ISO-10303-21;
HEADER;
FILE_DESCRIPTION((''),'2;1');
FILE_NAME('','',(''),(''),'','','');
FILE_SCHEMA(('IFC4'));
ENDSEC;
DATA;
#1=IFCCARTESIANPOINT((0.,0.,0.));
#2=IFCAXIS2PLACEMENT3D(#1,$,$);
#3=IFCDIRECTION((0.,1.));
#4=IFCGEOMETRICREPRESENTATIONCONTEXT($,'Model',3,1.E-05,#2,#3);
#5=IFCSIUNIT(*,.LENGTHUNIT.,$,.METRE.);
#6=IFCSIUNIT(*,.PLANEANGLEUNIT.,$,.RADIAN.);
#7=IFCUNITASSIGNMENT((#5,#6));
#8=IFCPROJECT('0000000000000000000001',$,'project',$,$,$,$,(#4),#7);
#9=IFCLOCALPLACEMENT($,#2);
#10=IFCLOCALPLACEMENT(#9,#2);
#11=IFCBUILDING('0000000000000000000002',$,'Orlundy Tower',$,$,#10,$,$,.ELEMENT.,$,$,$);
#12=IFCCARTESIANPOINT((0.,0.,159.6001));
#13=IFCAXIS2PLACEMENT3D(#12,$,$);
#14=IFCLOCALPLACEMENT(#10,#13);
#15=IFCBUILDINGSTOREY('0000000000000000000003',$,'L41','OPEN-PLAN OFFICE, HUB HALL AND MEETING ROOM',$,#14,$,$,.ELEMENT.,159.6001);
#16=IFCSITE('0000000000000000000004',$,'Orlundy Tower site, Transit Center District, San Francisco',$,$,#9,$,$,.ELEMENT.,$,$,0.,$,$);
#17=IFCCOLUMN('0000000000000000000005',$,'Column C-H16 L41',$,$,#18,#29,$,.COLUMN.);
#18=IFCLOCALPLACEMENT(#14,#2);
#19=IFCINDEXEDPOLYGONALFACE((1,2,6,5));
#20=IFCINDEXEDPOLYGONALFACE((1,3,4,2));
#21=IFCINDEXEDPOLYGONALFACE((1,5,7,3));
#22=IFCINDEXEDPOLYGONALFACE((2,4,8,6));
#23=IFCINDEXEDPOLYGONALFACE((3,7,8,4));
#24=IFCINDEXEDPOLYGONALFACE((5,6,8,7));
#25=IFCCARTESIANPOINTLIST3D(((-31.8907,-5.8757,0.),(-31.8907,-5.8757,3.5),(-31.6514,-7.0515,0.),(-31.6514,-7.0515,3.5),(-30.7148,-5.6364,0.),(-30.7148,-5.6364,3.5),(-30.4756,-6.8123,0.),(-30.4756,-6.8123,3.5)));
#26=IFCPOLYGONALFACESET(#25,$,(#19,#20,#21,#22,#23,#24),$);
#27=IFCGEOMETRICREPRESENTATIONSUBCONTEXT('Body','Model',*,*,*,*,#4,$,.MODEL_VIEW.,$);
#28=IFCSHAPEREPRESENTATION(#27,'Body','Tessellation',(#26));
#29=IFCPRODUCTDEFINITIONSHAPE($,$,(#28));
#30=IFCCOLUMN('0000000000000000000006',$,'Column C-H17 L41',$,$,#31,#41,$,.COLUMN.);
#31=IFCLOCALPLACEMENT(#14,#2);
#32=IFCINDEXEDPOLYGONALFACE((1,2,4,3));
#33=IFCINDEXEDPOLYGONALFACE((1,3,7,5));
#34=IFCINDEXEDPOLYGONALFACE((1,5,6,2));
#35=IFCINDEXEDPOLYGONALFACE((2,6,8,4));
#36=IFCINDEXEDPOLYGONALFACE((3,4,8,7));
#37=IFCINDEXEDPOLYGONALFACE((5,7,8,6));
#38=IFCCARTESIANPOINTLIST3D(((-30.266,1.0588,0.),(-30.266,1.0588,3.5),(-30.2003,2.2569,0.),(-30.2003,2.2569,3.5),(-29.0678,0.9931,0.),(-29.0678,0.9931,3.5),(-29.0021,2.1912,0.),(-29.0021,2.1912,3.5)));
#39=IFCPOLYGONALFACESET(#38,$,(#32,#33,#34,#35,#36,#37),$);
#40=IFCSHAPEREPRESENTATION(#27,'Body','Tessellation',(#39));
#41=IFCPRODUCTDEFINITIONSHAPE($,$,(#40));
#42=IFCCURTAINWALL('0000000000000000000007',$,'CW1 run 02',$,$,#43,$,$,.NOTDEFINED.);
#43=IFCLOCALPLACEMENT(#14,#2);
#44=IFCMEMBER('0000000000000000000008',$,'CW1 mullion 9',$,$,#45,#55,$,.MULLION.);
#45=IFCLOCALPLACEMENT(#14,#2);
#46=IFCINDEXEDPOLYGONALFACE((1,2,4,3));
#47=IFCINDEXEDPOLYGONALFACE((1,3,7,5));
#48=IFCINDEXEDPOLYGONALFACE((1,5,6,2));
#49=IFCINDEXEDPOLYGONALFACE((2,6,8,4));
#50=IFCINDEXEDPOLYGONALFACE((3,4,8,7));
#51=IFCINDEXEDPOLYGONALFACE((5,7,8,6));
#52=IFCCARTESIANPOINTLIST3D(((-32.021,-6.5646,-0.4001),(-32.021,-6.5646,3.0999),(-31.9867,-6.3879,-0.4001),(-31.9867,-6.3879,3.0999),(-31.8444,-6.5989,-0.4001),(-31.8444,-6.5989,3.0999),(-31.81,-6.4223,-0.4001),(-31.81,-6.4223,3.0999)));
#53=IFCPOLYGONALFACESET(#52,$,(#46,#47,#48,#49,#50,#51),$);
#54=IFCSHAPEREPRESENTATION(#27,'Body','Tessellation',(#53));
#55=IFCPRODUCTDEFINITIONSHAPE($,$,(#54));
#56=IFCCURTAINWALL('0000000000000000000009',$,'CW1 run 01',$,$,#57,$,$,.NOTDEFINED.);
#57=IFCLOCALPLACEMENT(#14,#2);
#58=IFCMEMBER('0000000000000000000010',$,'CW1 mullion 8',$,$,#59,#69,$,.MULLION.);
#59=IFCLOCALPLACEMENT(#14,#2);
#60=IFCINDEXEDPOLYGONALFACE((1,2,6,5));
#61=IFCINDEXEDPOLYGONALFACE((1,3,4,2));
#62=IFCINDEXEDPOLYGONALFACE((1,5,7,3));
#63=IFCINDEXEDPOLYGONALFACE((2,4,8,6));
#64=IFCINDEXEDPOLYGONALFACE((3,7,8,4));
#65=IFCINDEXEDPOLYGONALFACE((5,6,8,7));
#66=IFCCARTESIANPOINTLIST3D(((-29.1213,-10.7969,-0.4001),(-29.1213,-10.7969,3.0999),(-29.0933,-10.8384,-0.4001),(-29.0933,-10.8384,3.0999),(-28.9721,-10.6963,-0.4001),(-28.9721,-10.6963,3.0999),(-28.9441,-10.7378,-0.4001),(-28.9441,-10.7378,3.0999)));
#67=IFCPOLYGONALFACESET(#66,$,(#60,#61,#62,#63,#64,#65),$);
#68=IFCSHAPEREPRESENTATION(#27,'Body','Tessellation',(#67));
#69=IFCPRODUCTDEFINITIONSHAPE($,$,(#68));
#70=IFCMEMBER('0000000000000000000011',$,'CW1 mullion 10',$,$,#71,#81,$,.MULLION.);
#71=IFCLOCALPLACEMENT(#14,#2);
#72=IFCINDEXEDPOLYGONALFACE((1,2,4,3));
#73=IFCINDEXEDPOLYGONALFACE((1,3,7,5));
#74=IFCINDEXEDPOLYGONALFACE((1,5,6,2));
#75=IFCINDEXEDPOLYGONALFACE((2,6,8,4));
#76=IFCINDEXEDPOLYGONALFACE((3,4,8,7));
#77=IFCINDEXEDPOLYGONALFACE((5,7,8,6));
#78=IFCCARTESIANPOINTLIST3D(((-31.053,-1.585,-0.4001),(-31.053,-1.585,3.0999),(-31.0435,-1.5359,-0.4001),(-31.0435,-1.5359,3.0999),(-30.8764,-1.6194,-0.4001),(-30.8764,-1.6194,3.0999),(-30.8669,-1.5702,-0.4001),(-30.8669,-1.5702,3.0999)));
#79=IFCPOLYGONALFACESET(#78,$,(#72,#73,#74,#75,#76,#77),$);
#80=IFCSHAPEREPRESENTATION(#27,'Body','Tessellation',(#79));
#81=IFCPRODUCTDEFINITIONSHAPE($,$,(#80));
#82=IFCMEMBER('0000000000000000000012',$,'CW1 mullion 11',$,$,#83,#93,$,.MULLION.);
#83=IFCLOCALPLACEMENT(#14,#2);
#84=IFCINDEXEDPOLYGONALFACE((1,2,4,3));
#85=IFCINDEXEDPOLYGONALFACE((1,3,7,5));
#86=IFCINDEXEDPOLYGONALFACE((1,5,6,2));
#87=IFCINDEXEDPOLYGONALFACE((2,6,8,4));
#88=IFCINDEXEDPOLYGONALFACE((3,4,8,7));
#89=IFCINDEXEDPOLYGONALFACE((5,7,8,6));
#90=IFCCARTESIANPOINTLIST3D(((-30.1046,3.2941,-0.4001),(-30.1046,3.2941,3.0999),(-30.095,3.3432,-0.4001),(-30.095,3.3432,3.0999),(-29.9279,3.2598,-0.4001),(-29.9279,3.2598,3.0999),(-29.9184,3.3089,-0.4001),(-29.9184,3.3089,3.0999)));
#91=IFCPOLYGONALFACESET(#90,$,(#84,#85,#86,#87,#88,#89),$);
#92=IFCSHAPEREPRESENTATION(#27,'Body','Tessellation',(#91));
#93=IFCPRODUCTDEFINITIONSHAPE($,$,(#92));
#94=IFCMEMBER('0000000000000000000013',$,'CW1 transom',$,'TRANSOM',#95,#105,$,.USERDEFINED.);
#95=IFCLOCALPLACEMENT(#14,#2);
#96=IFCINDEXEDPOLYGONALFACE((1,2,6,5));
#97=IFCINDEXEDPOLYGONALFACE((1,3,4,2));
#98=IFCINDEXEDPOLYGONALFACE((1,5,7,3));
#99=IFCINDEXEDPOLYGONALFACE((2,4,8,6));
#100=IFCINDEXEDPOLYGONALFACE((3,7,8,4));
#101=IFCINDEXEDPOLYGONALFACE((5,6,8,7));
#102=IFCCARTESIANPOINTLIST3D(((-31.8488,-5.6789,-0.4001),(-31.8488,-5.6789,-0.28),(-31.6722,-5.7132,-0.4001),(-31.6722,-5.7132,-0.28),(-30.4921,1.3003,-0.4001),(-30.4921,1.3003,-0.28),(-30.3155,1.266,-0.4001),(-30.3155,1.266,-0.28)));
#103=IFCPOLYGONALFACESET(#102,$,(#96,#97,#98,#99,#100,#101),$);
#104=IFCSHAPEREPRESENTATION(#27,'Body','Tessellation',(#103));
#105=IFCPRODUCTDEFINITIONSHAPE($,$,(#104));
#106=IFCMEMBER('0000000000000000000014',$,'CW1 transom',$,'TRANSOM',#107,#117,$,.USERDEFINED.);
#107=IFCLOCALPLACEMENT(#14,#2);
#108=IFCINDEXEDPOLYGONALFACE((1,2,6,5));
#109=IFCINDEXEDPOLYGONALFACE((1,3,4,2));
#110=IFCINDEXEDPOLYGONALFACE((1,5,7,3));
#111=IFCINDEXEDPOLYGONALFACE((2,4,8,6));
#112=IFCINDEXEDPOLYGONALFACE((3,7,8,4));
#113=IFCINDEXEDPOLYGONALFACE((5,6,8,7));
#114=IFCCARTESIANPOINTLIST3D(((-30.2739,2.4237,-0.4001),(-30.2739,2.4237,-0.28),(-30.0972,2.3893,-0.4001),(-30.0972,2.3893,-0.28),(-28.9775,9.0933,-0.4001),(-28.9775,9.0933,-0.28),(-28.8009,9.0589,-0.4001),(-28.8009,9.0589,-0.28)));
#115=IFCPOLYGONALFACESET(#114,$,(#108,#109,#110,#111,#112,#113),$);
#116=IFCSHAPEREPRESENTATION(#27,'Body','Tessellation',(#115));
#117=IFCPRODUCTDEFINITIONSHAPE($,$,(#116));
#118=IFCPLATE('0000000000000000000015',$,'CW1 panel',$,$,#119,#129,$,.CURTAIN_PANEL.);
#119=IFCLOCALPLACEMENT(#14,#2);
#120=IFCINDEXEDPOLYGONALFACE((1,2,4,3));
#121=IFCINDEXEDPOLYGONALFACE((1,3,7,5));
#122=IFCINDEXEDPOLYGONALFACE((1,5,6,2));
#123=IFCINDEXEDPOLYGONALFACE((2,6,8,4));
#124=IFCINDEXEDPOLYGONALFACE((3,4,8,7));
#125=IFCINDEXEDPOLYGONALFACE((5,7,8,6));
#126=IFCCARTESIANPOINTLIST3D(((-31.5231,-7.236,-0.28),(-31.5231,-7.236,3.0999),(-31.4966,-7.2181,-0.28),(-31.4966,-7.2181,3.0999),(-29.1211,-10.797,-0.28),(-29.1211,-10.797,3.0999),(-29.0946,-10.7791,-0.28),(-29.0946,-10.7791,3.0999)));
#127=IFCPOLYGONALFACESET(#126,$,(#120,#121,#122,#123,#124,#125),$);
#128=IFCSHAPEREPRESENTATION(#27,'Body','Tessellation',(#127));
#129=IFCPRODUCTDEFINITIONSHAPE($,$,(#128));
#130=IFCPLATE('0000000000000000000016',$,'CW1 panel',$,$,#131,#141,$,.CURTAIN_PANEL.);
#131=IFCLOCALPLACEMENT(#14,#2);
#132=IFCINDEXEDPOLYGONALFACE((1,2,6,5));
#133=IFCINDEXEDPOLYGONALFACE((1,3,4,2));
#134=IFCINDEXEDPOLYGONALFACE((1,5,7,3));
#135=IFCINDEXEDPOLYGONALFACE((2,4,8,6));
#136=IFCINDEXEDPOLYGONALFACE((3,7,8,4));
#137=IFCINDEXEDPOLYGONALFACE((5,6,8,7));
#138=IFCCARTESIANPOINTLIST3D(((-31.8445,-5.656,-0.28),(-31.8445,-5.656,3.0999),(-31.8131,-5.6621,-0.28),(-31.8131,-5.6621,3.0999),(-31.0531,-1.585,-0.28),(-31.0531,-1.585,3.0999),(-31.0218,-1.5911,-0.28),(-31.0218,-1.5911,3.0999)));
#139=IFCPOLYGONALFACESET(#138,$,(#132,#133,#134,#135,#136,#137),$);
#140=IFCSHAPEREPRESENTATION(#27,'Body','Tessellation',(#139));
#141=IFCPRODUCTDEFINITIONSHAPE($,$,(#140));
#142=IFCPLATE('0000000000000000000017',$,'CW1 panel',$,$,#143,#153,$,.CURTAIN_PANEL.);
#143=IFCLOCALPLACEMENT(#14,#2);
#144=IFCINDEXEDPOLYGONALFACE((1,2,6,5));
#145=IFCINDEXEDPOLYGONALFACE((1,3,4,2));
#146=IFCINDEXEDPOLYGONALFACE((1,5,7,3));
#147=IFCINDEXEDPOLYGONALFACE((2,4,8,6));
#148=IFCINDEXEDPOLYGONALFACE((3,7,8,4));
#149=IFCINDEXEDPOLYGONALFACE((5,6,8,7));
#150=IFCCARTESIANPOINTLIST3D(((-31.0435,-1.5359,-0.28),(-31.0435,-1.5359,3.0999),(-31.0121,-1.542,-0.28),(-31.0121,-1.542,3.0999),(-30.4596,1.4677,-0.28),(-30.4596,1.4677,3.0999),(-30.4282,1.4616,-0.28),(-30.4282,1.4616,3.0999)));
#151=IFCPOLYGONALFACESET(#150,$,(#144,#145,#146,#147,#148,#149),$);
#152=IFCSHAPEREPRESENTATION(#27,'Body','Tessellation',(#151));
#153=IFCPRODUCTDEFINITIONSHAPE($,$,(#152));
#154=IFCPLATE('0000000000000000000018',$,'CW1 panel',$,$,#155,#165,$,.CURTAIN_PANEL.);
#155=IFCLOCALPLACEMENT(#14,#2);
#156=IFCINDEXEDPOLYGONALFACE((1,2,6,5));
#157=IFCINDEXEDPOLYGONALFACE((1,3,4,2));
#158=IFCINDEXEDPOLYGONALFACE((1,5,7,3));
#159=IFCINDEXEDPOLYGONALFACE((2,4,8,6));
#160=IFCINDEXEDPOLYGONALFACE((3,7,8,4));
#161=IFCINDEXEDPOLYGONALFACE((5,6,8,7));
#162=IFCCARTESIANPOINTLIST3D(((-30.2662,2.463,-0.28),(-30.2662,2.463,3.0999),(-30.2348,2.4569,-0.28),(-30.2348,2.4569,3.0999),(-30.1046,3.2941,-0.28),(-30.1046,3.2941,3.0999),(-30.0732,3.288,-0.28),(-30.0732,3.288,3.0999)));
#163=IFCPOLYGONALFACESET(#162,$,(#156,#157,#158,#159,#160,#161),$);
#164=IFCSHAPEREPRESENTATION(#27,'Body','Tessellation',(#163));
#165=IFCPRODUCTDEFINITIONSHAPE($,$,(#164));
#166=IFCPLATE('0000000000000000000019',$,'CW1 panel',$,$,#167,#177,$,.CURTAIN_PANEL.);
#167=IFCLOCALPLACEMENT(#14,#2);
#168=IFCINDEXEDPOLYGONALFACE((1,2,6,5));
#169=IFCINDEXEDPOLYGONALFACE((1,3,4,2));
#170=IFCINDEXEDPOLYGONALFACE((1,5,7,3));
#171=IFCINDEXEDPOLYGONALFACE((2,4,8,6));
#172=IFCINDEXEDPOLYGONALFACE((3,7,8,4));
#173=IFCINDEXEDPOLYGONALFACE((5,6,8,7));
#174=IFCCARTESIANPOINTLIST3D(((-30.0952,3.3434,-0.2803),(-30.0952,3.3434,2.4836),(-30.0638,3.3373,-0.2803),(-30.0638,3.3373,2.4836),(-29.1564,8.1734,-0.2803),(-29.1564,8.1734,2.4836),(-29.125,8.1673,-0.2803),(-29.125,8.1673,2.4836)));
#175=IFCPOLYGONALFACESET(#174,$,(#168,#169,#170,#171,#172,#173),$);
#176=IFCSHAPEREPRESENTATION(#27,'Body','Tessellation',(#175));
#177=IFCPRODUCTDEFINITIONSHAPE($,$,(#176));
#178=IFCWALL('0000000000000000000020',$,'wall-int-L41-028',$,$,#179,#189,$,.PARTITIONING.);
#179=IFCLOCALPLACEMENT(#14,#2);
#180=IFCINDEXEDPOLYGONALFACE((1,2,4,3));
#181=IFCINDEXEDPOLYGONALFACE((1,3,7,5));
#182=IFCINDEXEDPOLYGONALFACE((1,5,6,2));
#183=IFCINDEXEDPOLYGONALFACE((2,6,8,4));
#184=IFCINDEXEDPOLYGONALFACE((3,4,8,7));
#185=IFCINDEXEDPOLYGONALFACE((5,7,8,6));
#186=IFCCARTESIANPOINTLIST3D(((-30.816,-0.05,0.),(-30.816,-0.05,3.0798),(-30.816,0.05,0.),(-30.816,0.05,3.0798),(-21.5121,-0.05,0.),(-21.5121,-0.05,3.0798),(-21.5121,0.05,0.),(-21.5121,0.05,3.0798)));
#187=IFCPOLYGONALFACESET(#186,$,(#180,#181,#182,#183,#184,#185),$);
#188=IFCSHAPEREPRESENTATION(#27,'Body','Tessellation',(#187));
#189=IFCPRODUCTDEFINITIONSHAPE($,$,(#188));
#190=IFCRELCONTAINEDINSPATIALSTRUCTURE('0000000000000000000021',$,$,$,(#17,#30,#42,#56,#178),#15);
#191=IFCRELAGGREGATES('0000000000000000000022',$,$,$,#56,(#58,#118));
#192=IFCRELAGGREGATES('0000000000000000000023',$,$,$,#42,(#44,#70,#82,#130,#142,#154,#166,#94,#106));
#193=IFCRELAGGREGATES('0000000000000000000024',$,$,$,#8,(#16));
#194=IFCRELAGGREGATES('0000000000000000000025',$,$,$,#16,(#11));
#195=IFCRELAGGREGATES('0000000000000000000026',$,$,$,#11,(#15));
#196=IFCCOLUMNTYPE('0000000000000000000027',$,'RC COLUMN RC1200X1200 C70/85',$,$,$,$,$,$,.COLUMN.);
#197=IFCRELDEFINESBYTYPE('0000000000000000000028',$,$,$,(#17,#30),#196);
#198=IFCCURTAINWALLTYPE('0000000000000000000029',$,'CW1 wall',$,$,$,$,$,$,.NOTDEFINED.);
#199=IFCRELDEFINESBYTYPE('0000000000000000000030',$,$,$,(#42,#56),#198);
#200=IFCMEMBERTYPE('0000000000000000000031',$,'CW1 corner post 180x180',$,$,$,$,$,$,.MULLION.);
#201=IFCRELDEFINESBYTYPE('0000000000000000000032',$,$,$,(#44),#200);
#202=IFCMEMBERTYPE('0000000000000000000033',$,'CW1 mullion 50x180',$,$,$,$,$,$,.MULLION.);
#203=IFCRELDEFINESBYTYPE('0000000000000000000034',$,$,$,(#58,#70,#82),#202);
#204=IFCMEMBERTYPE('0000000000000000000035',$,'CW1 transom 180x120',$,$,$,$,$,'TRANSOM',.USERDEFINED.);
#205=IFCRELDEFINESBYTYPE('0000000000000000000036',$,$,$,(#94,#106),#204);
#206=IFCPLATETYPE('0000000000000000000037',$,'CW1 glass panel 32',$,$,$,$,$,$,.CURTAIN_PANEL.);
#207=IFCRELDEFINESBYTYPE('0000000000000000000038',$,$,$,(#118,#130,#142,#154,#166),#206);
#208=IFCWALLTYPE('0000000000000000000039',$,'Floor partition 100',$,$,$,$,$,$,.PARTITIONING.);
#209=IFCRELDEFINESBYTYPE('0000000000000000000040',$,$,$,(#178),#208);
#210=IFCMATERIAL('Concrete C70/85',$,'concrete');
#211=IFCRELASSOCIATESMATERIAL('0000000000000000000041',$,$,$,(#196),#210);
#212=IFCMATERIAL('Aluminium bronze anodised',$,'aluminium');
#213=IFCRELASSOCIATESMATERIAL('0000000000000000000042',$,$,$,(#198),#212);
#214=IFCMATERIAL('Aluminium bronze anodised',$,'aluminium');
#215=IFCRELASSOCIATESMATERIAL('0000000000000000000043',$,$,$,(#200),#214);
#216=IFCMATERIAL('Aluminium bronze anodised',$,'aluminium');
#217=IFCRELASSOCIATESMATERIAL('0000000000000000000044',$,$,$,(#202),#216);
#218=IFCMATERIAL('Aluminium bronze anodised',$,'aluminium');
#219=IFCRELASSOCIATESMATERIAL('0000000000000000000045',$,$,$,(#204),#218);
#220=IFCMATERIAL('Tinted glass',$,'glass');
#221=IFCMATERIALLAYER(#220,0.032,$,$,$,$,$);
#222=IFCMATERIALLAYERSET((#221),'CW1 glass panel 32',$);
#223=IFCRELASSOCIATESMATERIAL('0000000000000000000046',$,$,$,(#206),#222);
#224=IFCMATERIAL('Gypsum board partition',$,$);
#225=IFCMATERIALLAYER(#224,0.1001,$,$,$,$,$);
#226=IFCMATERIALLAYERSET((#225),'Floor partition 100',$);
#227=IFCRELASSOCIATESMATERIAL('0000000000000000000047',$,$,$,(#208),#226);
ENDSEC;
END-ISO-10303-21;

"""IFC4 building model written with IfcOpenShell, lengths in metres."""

from ifc_helpers import new_model, si_unit, direction, frame, frame_2d, origin, origin_2d, place, context, subcontext, project, spatial, rectangle, extrude, material, layer, layer_set, material_profile, profile_set, type_object, element, aggregate, save


model = new_model("IFC4")

# Units and contexts
model_context = context("Model", 3, precision=1e-05, world=origin(), true_north=direction((0.0, 1.0)))
body_context = subcontext(model_context, "Body", "Model", "MODEL_VIEW")
ifc_project = project(units=[si_unit("LENGTHUNIT", "METRE"), si_unit("PLANEANGLEUNIT", "RADIAN")], contexts=[model_context])

# Site, building, storey
site_placement = place(None, origin())
site = spatial("IfcSite", under=ifc_project, at=site_placement, Name="Orlundy Tower site, Transit Center District, San Francisco", CompositionType="ELEMENT", RefElevation=0.0)
building_placement = place(site_placement, origin())
building = spatial("IfcBuilding", under=site, at=building_placement, Name="Orlundy Tower", CompositionType="ELEMENT")
storey_placement = place(building_placement, frame((0.0, 0.0, 159.6001)))
storey = spatial("IfcBuildingStorey", under=building, at=storey_placement, Name="L41", Description="OPEN-PLAN OFFICE, HUB HALL AND MEETING ROOM", CompositionType="ELEMENT", Elevation=159.6001)

# Columns
ifc_material_1 = material(Name="Concrete C70/85", Category="concrete")
ifc_material_profile_1 = material_profile(ifc_material_1, rectangle(XDim=1.2, YDim=1.2, at=origin_2d()), Name="RC1200X1200")
ifc_profile_set_1 = profile_set([ifc_material_profile_1], Name="Concrete C70/85")
column_type = type_object("IfcColumnType", Name="RC COLUMN RC1200X1200 C70/85", PredefinedType="COLUMN", material=ifc_profile_set_1)
for number, where, z_axis, x_axis, name in (
    (1, (-31.1831, -6.344, 0.0), (0.0, 0.0, 1.0), (-0.979925, -0.199368, 0.0), "Column C-H16 L41"),
    (2, (-29.634, 1.625, 0.0), (0.0, 0.0, 1.0), (-0.9985, 0.054758, 0.0), "Column C-H17 L41"),
):
    element("IfcColumn", number, at=place(storey_placement, frame(where, z_axis=z_axis, x_axis=x_axis)), inside=storey, type_object=column_type, Name=name, PredefinedType="COLUMN", context=body_context, shape_type="SweptSolid", body=[
        extrude(rectangle(XDim=1.2, YDim=1.2, at=origin_2d()), origin(), (0.0, 0.0, 1.0), 3.5),
    ])

# Curtain walls, members
ifc_material_2 = material(Name="Aluminium bronze anodised", Category="aluminium")
curtain_wall_type = type_object("IfcCurtainWallType", Name="CW1 wall", PredefinedType="NOTDEFINED", material=ifc_material_2)
curtain_wall_1_placement = place(storey_placement, origin())
curtain_wall_1 = element("IfcCurtainWall", 3, at=curtain_wall_1_placement, inside=storey, type_object=curtain_wall_type, Name="CW1 run 02", PredefinedType="NOTDEFINED")
ifc_material_3 = material(Name="Aluminium bronze anodised", Category="aluminium")
ifc_material_profile_2 = material_profile(ifc_material_3, rectangle(XDim=0.1799, YDim=0.1799, at=origin_2d()), Name="CW1 corner post 180x180")
ifc_profile_set_2 = profile_set([ifc_material_profile_2], Name="Aluminium bronze anodised")
member_type_1 = type_object("IfcMemberType", Name="CW1 corner post 180x180", PredefinedType="MULLION", material=ifc_profile_set_2)
member_1_placement = place(storey_placement, frame((-31.9155, -6.4934, -0.4001), z_axis=(0.0, 0.0, 1.0), x_axis=(-0.981628, 0.190805, 0.0)))
member_1 = element("IfcMember", 4, at=member_1_placement, type_object=member_type_1, Name="CW1 mullion 9", PredefinedType="MULLION", context=body_context, shape_type="SweptSolid", body=[
    extrude(rectangle(XDim=0.1799, YDim=0.1799, at=origin_2d()), origin(), (0.0, 0.0, 1.0), 3.5),
])
curtain_wall_2_placement = place(storey_placement, origin())
curtain_wall_2 = element("IfcCurtainWall", 5, at=curtain_wall_2_placement, inside=storey, type_object=curtain_wall_type, Name="CW1 run 01", PredefinedType="NOTDEFINED")
ifc_material_4 = material(Name="Aluminium bronze anodised", Category="aluminium")
ifc_material_profile_3 = material_profile(ifc_material_4, rectangle(XDim=0.1799, YDim=0.05, at=origin_2d()), Name="CW1 mullion 50x180")
ifc_profile_set_3 = profile_set([ifc_material_profile_3], Name="Aluminium bronze anodised")
member_type_2 = type_object("IfcMemberType", Name="CW1 mullion 50x180", PredefinedType="MULLION", material=ifc_profile_set_3)
member_2_placement = place(storey_placement, frame((-29.0327, -10.7673, -0.4001), z_axis=(0.0, 0.0, 1.0), x_axis=(-0.829032, -0.559201, 0.0)))
member_2 = element("IfcMember", 6, at=member_2_placement, type_object=member_type_2, Name="CW1 mullion 8", PredefinedType="MULLION", context=body_context, shape_type="SweptSolid", body=[
    extrude(rectangle(XDim=0.1799, YDim=0.05, at=origin_2d()), origin(), (0.0, 0.0, 1.0), 3.5),
])

# Members
member_3_placement = place(storey_placement, frame((-30.96, -1.5776, -0.4001), z_axis=(0.0, 0.0, 1.0), x_axis=(-0.981628, 0.190805, 0.0)))
member_3 = element("IfcMember", 7, at=member_3_placement, type_object=member_type_2, Name="CW1 mullion 10", PredefinedType="MULLION", context=body_context, shape_type="SweptSolid", body=[
    extrude(rectangle(XDim=0.1799, YDim=0.05, at=origin_2d()), origin(), (0.0, 0.0, 1.0), 3.5),
])
member_4_placement = place(storey_placement, frame((-30.0115, 3.3015, -0.4001), z_axis=(0.0, 0.0, 1.0), x_axis=(-0.981628, 0.190805, 0.0)))
member_4 = element("IfcMember", 8, at=member_4_placement, type_object=member_type_2, Name="CW1 mullion 11", PredefinedType="MULLION", context=body_context, shape_type="SweptSolid", body=[
    extrude(rectangle(XDim=0.1799, YDim=0.05, at=origin_2d()), origin(), (0.0, 0.0, 1.0), 3.5),
])
ifc_material_5 = material(Name="Aluminium bronze anodised", Category="aluminium")
ifc_material_profile_4 = material_profile(ifc_material_5, rectangle(XDim=0.1799, YDim=0.1201, at=origin_2d()), Name="CW1 transom 180x120")
ifc_profile_set_4 = profile_set([ifc_material_profile_4], Name="Aluminium bronze anodised")
member_type_3 = type_object("IfcMemberType", Name="CW1 transom 180x120", ElementType="TRANSOM", PredefinedType="USERDEFINED", material=ifc_profile_set_4)
member_5_placement = place(storey_placement, frame((-31.7605, -5.696, -0.3401), z_axis=(0.190817, 0.981626, 0.0), x_axis=(-0.981626, 0.190817, 0.0)))
member_5 = element("IfcMember", 9, at=member_5_placement, type_object=member_type_3, Name="CW1 transom", ObjectType="TRANSOM", PredefinedType="USERDEFINED", context=body_context, shape_type="SweptSolid", body=[
    extrude(rectangle(XDim=0.1799, YDim=0.1201, at=origin_2d()), origin(), (0.0, 0.0, 1.0), 7.1099),
])
member_6_placement = place(storey_placement, frame((-30.1855, 2.4065, -0.3401), z_axis=(0.190799, 0.981629, 0.0), x_axis=(-0.981629, 0.190799, 0.0)))
member_6 = element("IfcMember", 10, at=member_6_placement, type_object=member_type_3, Name="CW1 transom", ObjectType="TRANSOM", PredefinedType="USERDEFINED", context=body_context, shape_type="SweptSolid", body=[
    extrude(rectangle(XDim=0.1799, YDim=0.1201, at=origin_2d()), origin(), (0.0, 0.0, 1.0), 6.7944),
])

# Plates
ifc_material_6 = material(Name="Tinted glass", Category="glass")
ifc_layer_1 = layer(ifc_material_6, 0.032)
ifc_layer_set_1 = layer_set([ifc_layer_1], Name="CW1 glass panel 32")
plate_type = type_object("IfcPlateType", Name="CW1 glass panel 32", PredefinedType="CURTAIN_PANEL", material=ifc_layer_set_1)
plate_1_placement = place(storey_placement, frame((-30.3088, -9.0076, -0.28), z_axis=(0.0, 0.0, 1.0), x_axis=(-0.559201, 0.829032, 0.0)))
plate_1 = element("IfcPlate", 11, at=plate_1_placement, type_object=plate_type, Name="CW1 panel", PredefinedType="CURTAIN_PANEL", context=body_context, shape_type="SweptSolid", body=[
    extrude(rectangle(XDim=4.2954, YDim=0.032, at=origin_2d()), origin(), (0.0, 0.0, 1.0), 3.3799),
])
aggregate(curtain_wall_2, [member_2, plate_1])
plate_2_placement = place(storey_placement, frame((-31.4331, -3.6235, -0.28), z_axis=(0.0, 0.0, 1.0), x_axis=(0.190805, 0.981628, 0.0)))
plate_2 = element("IfcPlate", 12, at=plate_2_placement, type_object=plate_type, Name="CW1 panel", PredefinedType="CURTAIN_PANEL", context=body_context, shape_type="SweptSolid", body=[
    extrude(rectangle(XDim=4.1472, YDim=0.032, at=origin_2d()), origin(), (0.0, 0.0, 1.0), 3.3799),
])
plate_3_placement = place(storey_placement, frame((-30.7358, -0.0371, -0.28), z_axis=(0.0, 0.0, 1.0), x_axis=(0.190805, 0.981628, 0.0)))
plate_3 = element("IfcPlate", 13, at=plate_3_placement, type_object=plate_type, Name="CW1 panel", PredefinedType="CURTAIN_PANEL", context=body_context, shape_type="SweptSolid", body=[
    extrude(rectangle(XDim=3.0598, YDim=0.032, at=origin_2d()), origin(), (0.0, 0.0, 1.0), 3.3799),
])
plate_4_placement = place(storey_placement, frame((-30.1697, 2.8755, -0.28), z_axis=(0.0, 0.0, 1.0), x_axis=(0.190805, 0.981628, 0.0)))
plate_4 = element("IfcPlate", 14, at=plate_4_placement, type_object=plate_type, Name="CW1 panel", PredefinedType="CURTAIN_PANEL", context=body_context, shape_type="SweptSolid", body=[
    extrude(rectangle(XDim=0.8467, YDim=0.032, at=origin_2d()), origin(), (0.0, 0.0, 1.0), 3.3799),
])
plate_5_placement = place(storey_placement, frame((-29.6101, 5.7554, -0.2803), z_axis=(0.0, 0.0, 1.0), x_axis=(0.190805, 0.981628, 0.0)))
plate_5 = element("IfcPlate", 15, at=plate_5_placement, type_object=plate_type, Name="CW1 panel", PredefinedType="CURTAIN_PANEL", context=body_context, shape_type="SweptSolid", body=[
    extrude(rectangle(XDim=4.9204, YDim=0.032, at=origin_2d()), origin(), (0.0, 0.0, 1.0), 2.7639),
])
aggregate(curtain_wall_1, [member_1, member_3, member_4, plate_2, plate_3, plate_4, plate_5, member_5, member_6])

# Wall
ifc_material_7 = material(Name="Gypsum board partition")
ifc_layer_2 = layer(ifc_material_7, 0.1001)
ifc_layer_set_2 = layer_set([ifc_layer_2], Name="Floor partition 100")
wall_type_1 = type_object("IfcWallType", Name="Floor partition 100", PredefinedType="PARTITIONING", material=ifc_layer_set_2)
wall_1_placement = place(storey_placement, frame((-30.8159, 0.0, 0.0), z_axis=(0.0, 0.0, 1.0), x_axis=(1.0, 0.0, 0.0)))
element("IfcWall", 16, at=wall_1_placement, inside=storey, type_object=wall_type_1, Name="wall-int-L41-028", PredefinedType="PARTITIONING", context=body_context, shape_type="SweptSolid", body=[
    extrude(rectangle(XDim=9.304, YDim=0.1001, at=frame_2d((4.6519, 0.0))), origin(), (0.0, 0.0, 1.0), 3.0798),
])

save(model, "model.ifc")
